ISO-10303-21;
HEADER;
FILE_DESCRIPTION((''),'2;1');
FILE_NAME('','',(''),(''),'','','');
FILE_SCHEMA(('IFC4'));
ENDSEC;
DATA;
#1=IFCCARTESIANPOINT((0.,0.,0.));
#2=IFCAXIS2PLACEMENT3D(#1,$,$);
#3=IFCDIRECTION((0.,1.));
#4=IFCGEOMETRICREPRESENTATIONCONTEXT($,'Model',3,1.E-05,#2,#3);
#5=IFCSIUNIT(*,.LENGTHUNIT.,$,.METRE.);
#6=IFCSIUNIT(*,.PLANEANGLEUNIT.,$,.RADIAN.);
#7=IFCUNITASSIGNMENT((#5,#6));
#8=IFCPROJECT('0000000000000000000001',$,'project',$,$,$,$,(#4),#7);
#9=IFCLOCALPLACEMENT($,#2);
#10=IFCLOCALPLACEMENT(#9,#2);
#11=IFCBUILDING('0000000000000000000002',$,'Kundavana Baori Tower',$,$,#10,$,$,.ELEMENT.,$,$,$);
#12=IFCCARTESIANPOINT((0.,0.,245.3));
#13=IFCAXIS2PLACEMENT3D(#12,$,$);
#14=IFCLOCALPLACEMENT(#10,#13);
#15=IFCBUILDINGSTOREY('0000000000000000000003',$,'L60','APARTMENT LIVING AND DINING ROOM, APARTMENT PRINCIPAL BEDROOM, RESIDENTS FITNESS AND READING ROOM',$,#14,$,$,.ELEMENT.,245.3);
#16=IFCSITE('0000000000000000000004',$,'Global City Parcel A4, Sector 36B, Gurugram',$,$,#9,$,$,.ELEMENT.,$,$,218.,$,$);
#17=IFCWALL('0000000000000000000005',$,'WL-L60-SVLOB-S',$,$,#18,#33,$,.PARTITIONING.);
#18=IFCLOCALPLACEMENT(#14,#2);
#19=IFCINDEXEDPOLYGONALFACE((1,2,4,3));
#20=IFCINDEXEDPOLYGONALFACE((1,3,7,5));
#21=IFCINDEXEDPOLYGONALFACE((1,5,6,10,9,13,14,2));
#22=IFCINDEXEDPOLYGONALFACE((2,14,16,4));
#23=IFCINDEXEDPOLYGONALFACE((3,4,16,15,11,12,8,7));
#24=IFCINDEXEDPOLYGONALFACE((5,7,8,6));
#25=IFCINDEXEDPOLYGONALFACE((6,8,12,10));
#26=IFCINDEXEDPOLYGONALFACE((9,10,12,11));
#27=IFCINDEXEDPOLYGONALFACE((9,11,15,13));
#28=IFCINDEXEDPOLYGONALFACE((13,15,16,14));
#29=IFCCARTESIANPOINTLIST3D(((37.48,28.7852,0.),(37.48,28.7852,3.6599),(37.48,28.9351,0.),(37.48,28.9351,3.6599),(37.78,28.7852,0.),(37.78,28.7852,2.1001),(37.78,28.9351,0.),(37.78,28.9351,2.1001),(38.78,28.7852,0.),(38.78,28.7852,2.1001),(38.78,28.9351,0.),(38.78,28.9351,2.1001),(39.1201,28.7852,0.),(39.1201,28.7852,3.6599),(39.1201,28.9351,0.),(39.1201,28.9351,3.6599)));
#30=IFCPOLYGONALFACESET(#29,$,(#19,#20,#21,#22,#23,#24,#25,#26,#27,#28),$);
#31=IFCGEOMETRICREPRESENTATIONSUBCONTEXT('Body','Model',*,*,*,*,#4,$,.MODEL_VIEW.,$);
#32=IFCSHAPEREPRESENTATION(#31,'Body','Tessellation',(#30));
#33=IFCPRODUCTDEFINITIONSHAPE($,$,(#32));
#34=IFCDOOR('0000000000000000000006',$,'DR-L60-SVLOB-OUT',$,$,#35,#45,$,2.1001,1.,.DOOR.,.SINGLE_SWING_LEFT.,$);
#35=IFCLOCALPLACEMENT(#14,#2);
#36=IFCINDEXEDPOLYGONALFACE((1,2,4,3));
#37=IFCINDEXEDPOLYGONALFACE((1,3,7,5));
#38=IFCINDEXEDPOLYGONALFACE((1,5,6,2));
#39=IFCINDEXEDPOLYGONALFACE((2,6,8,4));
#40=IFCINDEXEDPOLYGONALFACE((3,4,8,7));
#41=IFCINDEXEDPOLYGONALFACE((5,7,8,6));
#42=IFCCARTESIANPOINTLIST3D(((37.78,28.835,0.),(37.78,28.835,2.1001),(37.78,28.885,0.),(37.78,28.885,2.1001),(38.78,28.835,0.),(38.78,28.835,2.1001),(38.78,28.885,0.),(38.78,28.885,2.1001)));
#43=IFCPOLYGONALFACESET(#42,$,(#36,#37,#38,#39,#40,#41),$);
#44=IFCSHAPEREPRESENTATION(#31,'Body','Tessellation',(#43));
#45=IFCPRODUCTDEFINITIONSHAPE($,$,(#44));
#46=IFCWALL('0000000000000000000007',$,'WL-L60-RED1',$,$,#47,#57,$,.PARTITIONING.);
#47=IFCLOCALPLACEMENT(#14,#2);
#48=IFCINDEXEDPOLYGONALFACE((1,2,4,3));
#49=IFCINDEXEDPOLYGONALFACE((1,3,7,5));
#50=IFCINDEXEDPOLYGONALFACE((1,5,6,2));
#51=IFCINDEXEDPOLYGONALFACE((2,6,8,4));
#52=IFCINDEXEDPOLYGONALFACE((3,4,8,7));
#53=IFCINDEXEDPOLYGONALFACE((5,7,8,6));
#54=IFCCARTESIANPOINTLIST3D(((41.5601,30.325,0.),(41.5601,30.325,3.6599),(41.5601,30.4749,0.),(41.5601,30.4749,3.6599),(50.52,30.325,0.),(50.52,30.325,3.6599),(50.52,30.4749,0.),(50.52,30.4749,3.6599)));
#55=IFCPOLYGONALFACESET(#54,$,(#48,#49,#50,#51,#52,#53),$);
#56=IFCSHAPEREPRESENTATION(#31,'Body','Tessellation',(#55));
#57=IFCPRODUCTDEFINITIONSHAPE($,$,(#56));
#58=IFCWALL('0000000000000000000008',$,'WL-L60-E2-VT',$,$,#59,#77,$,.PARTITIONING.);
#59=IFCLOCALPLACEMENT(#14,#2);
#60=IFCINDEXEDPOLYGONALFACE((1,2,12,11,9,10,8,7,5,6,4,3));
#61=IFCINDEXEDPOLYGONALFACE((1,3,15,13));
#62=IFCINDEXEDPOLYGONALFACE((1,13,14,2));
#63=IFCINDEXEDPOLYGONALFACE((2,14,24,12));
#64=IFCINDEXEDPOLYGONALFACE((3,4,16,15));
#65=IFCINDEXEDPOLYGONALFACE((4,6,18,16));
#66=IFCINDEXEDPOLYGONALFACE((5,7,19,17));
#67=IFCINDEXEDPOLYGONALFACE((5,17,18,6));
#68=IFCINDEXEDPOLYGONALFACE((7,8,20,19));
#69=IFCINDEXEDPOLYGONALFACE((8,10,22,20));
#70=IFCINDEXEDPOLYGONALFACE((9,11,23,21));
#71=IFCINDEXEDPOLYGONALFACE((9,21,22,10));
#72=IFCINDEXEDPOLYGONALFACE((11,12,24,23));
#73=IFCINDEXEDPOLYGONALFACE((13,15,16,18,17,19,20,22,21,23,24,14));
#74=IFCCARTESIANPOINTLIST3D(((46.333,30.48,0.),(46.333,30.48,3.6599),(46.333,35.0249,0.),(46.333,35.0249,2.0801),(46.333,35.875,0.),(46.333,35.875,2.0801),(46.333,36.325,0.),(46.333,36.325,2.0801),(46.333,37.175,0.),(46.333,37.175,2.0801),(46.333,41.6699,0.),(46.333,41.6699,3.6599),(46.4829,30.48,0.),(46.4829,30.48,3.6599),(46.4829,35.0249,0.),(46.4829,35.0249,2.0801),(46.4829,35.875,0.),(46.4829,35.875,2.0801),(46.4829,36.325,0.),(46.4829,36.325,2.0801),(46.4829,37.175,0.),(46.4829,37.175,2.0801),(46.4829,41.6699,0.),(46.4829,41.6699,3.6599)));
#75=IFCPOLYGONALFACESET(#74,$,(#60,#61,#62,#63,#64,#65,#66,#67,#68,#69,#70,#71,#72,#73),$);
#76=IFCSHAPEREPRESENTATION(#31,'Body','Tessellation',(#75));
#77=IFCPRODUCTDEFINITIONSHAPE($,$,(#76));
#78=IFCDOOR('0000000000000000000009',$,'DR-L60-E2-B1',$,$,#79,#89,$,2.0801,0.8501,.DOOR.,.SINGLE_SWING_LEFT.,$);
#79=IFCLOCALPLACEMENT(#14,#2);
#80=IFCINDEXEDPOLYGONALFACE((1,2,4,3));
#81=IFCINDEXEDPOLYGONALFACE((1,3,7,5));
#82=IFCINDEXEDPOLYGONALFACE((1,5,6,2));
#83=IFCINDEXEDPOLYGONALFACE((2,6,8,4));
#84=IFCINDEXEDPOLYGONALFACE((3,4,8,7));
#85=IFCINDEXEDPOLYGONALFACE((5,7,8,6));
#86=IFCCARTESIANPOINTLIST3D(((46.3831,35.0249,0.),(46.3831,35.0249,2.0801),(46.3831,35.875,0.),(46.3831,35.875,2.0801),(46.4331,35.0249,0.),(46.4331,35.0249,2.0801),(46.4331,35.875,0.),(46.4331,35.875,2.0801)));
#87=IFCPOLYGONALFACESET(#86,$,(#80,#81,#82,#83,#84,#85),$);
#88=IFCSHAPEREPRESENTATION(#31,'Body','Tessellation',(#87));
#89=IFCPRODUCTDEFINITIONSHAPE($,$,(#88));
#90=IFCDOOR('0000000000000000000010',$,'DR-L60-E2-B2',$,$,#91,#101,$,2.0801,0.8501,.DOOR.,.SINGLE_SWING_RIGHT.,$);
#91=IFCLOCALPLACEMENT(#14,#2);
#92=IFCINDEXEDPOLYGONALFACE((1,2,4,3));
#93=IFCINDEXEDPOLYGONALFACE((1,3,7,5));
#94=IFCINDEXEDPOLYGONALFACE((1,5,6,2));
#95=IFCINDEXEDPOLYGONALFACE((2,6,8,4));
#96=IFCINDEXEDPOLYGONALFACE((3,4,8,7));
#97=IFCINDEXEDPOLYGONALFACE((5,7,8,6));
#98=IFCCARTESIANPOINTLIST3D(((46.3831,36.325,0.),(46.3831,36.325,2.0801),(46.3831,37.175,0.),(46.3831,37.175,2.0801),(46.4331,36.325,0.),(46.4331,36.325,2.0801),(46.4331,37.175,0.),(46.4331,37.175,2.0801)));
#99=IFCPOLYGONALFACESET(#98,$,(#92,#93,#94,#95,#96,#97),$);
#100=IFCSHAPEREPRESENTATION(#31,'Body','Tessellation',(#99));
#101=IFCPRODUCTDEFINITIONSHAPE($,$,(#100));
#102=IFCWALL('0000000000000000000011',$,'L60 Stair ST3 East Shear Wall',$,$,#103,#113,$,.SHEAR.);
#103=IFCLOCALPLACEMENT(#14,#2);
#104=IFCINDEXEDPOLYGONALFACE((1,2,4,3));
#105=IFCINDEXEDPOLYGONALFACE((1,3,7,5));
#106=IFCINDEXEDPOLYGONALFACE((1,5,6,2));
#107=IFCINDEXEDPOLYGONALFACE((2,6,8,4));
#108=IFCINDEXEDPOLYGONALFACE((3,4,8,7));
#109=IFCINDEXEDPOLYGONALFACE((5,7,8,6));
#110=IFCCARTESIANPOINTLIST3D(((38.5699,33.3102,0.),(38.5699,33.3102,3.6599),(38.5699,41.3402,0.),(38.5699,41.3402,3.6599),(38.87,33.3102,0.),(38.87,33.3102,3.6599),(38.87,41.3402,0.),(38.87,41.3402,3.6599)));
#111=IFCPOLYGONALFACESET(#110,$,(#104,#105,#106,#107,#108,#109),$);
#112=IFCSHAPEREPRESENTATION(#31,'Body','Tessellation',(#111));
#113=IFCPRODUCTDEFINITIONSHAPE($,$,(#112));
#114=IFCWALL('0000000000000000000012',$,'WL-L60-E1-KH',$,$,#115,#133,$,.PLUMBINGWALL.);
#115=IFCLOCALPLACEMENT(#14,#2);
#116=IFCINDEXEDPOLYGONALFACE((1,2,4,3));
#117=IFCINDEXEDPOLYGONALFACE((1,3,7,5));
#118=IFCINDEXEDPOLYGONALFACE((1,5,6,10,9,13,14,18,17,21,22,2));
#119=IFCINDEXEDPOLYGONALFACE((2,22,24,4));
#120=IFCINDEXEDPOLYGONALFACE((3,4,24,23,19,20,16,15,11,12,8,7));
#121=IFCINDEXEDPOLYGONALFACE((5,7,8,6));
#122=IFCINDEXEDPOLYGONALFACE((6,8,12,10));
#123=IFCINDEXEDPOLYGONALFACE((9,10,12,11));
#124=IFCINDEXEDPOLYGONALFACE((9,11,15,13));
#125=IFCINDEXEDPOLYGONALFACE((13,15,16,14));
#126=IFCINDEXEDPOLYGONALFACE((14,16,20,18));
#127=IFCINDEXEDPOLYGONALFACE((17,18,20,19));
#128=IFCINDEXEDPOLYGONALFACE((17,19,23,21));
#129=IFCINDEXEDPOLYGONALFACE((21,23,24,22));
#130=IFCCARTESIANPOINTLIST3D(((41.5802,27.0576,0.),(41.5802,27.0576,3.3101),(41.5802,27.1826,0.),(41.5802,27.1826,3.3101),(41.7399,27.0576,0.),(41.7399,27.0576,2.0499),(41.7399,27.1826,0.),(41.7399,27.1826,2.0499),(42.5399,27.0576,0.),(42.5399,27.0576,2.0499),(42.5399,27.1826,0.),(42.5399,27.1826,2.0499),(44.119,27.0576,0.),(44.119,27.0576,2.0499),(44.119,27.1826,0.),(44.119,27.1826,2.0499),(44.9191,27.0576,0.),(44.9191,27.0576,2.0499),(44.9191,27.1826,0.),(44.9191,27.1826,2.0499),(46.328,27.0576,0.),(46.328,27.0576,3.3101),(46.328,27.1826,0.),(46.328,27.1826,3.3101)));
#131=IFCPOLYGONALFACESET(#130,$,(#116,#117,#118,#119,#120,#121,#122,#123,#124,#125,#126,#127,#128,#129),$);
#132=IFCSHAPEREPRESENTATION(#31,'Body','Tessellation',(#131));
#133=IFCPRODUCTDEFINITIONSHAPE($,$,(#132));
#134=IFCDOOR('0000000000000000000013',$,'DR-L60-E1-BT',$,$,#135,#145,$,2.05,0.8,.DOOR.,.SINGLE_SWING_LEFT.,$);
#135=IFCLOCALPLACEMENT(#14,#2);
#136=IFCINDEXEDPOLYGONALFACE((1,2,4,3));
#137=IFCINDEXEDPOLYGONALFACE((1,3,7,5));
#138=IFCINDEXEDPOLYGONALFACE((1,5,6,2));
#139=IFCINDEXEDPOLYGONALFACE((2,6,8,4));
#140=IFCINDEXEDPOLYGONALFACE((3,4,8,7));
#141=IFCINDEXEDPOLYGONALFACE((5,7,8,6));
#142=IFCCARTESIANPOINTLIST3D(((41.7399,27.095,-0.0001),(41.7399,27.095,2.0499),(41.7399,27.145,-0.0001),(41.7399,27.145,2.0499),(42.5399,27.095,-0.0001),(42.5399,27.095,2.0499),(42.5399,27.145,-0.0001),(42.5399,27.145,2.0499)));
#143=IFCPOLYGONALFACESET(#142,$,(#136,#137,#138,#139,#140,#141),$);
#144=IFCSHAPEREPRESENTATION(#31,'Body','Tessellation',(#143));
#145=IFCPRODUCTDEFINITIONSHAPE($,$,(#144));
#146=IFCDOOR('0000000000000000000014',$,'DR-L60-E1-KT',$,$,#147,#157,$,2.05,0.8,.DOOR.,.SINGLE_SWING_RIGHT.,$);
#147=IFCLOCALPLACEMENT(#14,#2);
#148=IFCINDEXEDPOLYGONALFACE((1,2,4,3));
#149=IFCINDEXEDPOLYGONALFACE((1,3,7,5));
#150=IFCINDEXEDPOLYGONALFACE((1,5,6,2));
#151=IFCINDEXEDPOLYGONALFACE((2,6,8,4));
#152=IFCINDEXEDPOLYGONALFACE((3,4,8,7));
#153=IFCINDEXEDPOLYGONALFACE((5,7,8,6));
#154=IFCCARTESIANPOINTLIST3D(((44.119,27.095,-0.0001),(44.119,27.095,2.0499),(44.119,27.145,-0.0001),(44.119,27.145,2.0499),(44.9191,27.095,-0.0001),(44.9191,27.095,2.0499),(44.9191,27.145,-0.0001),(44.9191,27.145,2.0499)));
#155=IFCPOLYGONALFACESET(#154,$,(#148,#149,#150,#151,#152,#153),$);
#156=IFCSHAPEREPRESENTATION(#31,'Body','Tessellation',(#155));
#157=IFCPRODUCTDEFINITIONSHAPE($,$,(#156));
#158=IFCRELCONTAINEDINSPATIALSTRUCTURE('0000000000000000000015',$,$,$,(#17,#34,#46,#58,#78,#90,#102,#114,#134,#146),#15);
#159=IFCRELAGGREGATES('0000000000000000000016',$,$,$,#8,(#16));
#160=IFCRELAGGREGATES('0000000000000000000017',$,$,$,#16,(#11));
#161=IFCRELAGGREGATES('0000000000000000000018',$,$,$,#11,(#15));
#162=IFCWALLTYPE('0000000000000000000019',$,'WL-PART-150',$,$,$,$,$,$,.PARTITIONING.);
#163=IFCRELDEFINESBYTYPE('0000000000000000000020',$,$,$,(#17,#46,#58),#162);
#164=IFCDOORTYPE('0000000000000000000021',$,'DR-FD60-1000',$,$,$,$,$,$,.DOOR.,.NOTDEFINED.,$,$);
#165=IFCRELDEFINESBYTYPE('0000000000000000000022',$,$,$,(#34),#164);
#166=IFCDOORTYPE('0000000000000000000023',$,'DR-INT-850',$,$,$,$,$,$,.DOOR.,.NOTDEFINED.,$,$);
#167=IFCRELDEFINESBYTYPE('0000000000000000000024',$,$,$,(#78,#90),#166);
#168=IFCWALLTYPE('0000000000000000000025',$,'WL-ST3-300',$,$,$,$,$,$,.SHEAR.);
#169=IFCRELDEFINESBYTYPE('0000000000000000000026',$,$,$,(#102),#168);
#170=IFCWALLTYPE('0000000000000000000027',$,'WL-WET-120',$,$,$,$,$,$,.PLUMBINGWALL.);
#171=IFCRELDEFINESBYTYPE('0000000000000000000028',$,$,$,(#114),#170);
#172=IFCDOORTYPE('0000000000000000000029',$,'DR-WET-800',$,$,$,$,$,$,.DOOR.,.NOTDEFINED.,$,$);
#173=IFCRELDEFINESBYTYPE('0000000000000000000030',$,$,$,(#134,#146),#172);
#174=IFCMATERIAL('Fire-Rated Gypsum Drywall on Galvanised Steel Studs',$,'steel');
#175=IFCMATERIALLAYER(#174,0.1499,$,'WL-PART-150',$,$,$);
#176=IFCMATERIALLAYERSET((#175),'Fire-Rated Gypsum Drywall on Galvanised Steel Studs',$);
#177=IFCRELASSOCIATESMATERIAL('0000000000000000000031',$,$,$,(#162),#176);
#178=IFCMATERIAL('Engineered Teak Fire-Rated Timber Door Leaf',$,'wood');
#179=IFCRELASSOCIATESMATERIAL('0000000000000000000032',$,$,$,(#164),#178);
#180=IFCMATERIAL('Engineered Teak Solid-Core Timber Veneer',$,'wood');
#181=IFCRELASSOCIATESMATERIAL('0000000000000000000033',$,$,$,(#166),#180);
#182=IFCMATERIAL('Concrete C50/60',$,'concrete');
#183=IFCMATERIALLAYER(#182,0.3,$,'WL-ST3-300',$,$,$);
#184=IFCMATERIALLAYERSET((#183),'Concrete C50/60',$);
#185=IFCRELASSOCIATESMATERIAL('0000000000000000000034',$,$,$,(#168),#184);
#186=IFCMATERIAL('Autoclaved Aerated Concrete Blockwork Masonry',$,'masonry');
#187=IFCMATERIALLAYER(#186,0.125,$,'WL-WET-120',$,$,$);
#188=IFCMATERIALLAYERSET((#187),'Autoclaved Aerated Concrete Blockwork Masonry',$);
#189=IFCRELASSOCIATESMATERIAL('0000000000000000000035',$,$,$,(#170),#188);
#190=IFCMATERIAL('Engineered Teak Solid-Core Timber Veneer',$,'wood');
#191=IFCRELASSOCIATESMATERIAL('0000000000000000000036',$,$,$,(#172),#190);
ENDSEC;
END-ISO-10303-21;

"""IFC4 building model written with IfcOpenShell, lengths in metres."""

from ifc_helpers import new_model, si_unit, direction, frame, frame_2d, origin, place, context, subcontext, project, spatial, rectangle, extrude, material, layer, layer_set, type_object, element, fill, save


model = new_model("IFC4")

# Units and contexts
model_context = context("Model", 3, precision=1e-05, world=origin(), true_north=direction((0.0, 1.0)))
body_context = subcontext(model_context, "Body", "Model", "MODEL_VIEW")
ifc_project = project(units=[si_unit("LENGTHUNIT", "METRE"), si_unit("PLANEANGLEUNIT", "RADIAN")], contexts=[model_context])

# Site, building, storey
site_placement = place(None, origin())
site = spatial("IfcSite", under=ifc_project, at=site_placement, Name="Global City Parcel A4, Sector 36B, Gurugram", CompositionType="ELEMENT", RefElevation=218.0)
building_placement = place(site_placement, origin())
building = spatial("IfcBuilding", under=site, at=building_placement, Name="Kundavana Baori Tower", CompositionType="ELEMENT")
storey_placement = place(building_placement, frame((0.0, 0.0, 245.3)))
storey = spatial("IfcBuildingStorey", under=building, at=storey_placement, Name="L60", Description="APARTMENT LIVING AND DINING ROOM, APARTMENT PRINCIPAL BEDROOM, RESIDENTS FITNESS AND READING ROOM", CompositionType="ELEMENT", Elevation=245.3)

# Shared definitions
ifc_material_1 = material(Name="Fire-Rated Gypsum Drywall on Galvanised Steel Studs", Category="steel")
ifc_layer_1 = layer(ifc_material_1, 0.1499, Name="WL-PART-150")
ifc_layer_set_1 = layer_set([ifc_layer_1], Name="Fire-Rated Gypsum Drywall on Galvanised Steel Studs")
wall_type_1 = type_object("IfcWallType", Name="WL-PART-150", PredefinedType="PARTITIONING", material=ifc_layer_set_1)

# Wall, opening, door
wall_1_placement = place(storey_placement, frame((37.48, 28.8601, 0.0), z_axis=(0.0, 0.0, 1.0), x_axis=(1.0, 0.0, 0.0)))
wall_1 = element("IfcWall", 1, at=wall_1_placement, inside=storey, type_object=wall_type_1, Name="WL-L60-SVLOB-S", PredefinedType="PARTITIONING", context=body_context, shape_type="SweptSolid", body=[
    extrude(rectangle(XDim=1.6401, YDim=0.1499, at=frame_2d((0.8201, 0.0))), origin(), (0.0, 0.0, 1.0), 3.6599),
])
opening_1_placement = place(wall_1_placement, frame((0.3, 0.0, 0.0)))
opening_1 = element("IfcOpeningElement", 2, at=opening_1_placement, cuts=wall_1, PredefinedType="OPENING", context=body_context, shape_type="SweptSolid", body=[
    extrude(rectangle(XDim=1.0, YDim=2.1001, at=frame_2d((0.5, 1.05))), frame((0.0, 0.085, 0.0), z_axis=(0.0, -1.0, 0.0), x_axis=(1.0, 0.0, 0.0)), (0.0, 0.0, 1.0), 0.1699),
])
ifc_material_2 = material(Name="Engineered Teak Fire-Rated Timber Door Leaf", Category="wood")
door_type_1 = type_object("IfcDoorType", Name="DR-FD60-1000", OperationType="NOTDEFINED", PredefinedType="DOOR", material=ifc_material_2)
door_1_placement = place(opening_1_placement, origin())
door_1 = element("IfcDoor", 3, at=door_1_placement, inside=storey, type_object=door_type_1, Name="DR-L60-SVLOB-OUT", OperationType="SINGLE_SWING_LEFT", OverallHeight=2.1001, OverallWidth=1.0, PredefinedType="DOOR", context=body_context, shape_type="SweptSolid", body=[
    extrude(rectangle(XDim=1.0, YDim=2.1001, at=frame_2d((0.5, 1.05))), frame((0.0, 0.0249, 0.0), z_axis=(0.0, -1.0, 0.0), x_axis=(1.0, 0.0, 0.0)), (0.0, 0.0, 1.0), 0.05),
])
fill(opening_1, door_1)

# Wall
wall_2_placement = place(storey_placement, frame((41.5601, 30.3999, 0.0), z_axis=(0.0, 0.0, 1.0), x_axis=(1.0, 0.0, 0.0)))
element("IfcWall", 4, at=wall_2_placement, inside=storey, type_object=wall_type_1, Name="WL-L60-RED1", PredefinedType="PARTITIONING", context=body_context, shape_type="SweptSolid", body=[
    extrude(rectangle(XDim=8.96, YDim=0.1499, at=frame_2d((4.48, 0.0))), origin(), (0.0, 0.0, 1.0), 3.6599),
])

# Wall, openings, doors
wall_3_placement = place(storey_placement, frame((46.408, 30.48, 0.0), z_axis=(0.0, 0.0, 1.0), x_axis=(0.0, 1.0, 0.0)))
wall_3 = element("IfcWall", 5, at=wall_3_placement, inside=storey, type_object=wall_type_1, Name="WL-L60-E2-VT", PredefinedType="PARTITIONING", context=body_context, shape_type="SweptSolid", body=[
    extrude(rectangle(XDim=11.1899, YDim=0.1499, at=frame_2d((5.595, 0.0))), origin(), (0.0, 0.0, 1.0), 3.6599),
])
opening_2_placement = place(wall_3_placement, frame((4.5449, 0.0, 0.0)))
opening_2 = element("IfcOpeningElement", 6, at=opening_2_placement, cuts=wall_3, PredefinedType="OPENING", context=body_context, shape_type="SweptSolid", body=[
    extrude(rectangle(XDim=0.8501, YDim=2.0801, at=frame_2d((0.425, 1.04))), frame((0.0, 0.085, 0.0), z_axis=(0.0, -1.0, 0.0), x_axis=(1.0, 0.0, 0.0)), (0.0, 0.0, 1.0), 0.1699),
])
opening_3_placement = place(wall_3_placement, frame((5.845, 0.0, 0.0)))
opening_3 = element("IfcOpeningElement", 7, at=opening_3_placement, cuts=wall_3, PredefinedType="OPENING", context=body_context, shape_type="SweptSolid", body=[
    extrude(rectangle(XDim=0.8501, YDim=2.0801, at=frame_2d((0.425, 1.04))), frame((0.0, 0.085, 0.0), z_axis=(0.0, -1.0, 0.0), x_axis=(1.0, 0.0, 0.0)), (0.0, 0.0, 1.0), 0.1699),
])
ifc_material_3 = material(Name="Engineered Teak Solid-Core Timber Veneer", Category="wood")
door_type_2 = type_object("IfcDoorType", Name="DR-INT-850", OperationType="NOTDEFINED", PredefinedType="DOOR", material=ifc_material_3)
door_2_placement = place(opening_2_placement, origin())
door_2 = element("IfcDoor", 8, at=door_2_placement, inside=storey, type_object=door_type_2, Name="DR-L60-E2-B1", OperationType="SINGLE_SWING_LEFT", OverallHeight=2.0801, OverallWidth=0.8501, PredefinedType="DOOR", context=body_context, shape_type="SweptSolid", body=[
    extrude(rectangle(XDim=0.8501, YDim=2.0801, at=frame_2d((0.425, 1.04))), frame((0.0, 0.0249, 0.0), z_axis=(0.0, -1.0, 0.0), x_axis=(1.0, 0.0, 0.0)), (0.0, 0.0, 1.0), 0.05),
])
fill(opening_2, door_2)
door_3_placement = place(opening_3_placement, origin())
door_3 = element("IfcDoor", 9, at=door_3_placement, inside=storey, type_object=door_type_2, Name="DR-L60-E2-B2", OperationType="SINGLE_SWING_RIGHT", OverallHeight=2.0801, OverallWidth=0.8501, PredefinedType="DOOR", context=body_context, shape_type="SweptSolid", body=[
    extrude(rectangle(XDim=0.8501, YDim=2.0801, at=frame_2d((0.425, 1.04))), frame((0.0, 0.0249, 0.0), z_axis=(0.0, -1.0, 0.0), x_axis=(1.0, 0.0, 0.0)), (0.0, 0.0, 1.0), 0.05),
])
fill(opening_3, door_3)

# Wall
ifc_material_4 = material(Name="Concrete C50/60", Category="concrete")
ifc_layer_2 = layer(ifc_material_4, 0.3, Name="WL-ST3-300")
ifc_layer_set_2 = layer_set([ifc_layer_2], Name="Concrete C50/60")
wall_type_2 = type_object("IfcWallType", Name="WL-ST3-300", PredefinedType="SHEAR", material=ifc_layer_set_2)
wall_4_placement = place(storey_placement, frame((38.72, 33.3101, 0.0), z_axis=(0.0, 0.0, 1.0), x_axis=(0.0, 1.0, 0.0)))
element("IfcWall", 10, at=wall_4_placement, inside=storey, type_object=wall_type_2, Name="L60 Stair ST3 East Shear Wall", PredefinedType="SHEAR", context=body_context, shape_type="SweptSolid", body=[
    extrude(rectangle(XDim=8.03, YDim=0.3, at=frame_2d((4.0151, 0.0))), origin(), (0.0, 0.0, 1.0), 3.6599),
])

# Wall, openings, doors
ifc_material_5 = material(Name="Autoclaved Aerated Concrete Blockwork Masonry", Category="masonry")
ifc_layer_3 = layer(ifc_material_5, 0.125, Name="WL-WET-120")
ifc_layer_set_3 = layer_set([ifc_layer_3], Name="Autoclaved Aerated Concrete Blockwork Masonry")
wall_type_3 = type_object("IfcWallType", Name="WL-WET-120", PredefinedType="PLUMBINGWALL", material=ifc_layer_set_3)
wall_5_placement = place(storey_placement, frame((41.5801, 27.1201, 0.0), z_axis=(0.0, 0.0, 1.0), x_axis=(1.0, 0.0, 0.0)))
wall_5 = element("IfcWall", 11, at=wall_5_placement, inside=storey, type_object=wall_type_3, Name="WL-L60-E1-KH", PredefinedType="PLUMBINGWALL", context=body_context, shape_type="SweptSolid", body=[
    extrude(rectangle(XDim=4.7478, YDim=0.125, at=frame_2d((2.374, 0.0))), origin(), (0.0, 0.0, 1.0), 3.3101),
])
opening_4_placement = place(wall_5_placement, frame((0.1599, 0.0, 0.0)))
opening_4 = element("IfcOpeningElement", 12, at=opening_4_placement, cuts=wall_5, PredefinedType="OPENING", context=body_context, shape_type="SweptSolid", body=[
    extrude(rectangle(XDim=0.8, YDim=2.05, at=frame_2d((0.3999, 1.0249))), frame((0.0, 0.0725, 0.0), z_axis=(0.0, -1.0, 0.0), x_axis=(1.0, 0.0, 0.0)), (0.0, 0.0, 1.0), 0.145),
])
opening_5_placement = place(wall_5_placement, frame((2.5391, 0.0, 0.0)))
opening_5 = element("IfcOpeningElement", 13, at=opening_5_placement, cuts=wall_5, PredefinedType="OPENING", context=body_context, shape_type="SweptSolid", body=[
    extrude(rectangle(XDim=0.8, YDim=2.05, at=frame_2d((0.3999, 1.0249))), frame((0.0, 0.0725, 0.0), z_axis=(0.0, -1.0, 0.0), x_axis=(1.0, 0.0, 0.0)), (0.0, 0.0, 1.0), 0.145),
])
ifc_material_6 = material(Name="Engineered Teak Solid-Core Timber Veneer", Category="wood")
door_type_3 = type_object("IfcDoorType", Name="DR-WET-800", OperationType="NOTDEFINED", PredefinedType="DOOR", material=ifc_material_6)
door_4_placement = place(opening_4_placement, origin())
door_4 = element("IfcDoor", 14, at=door_4_placement, inside=storey, type_object=door_type_3, Name="DR-L60-E1-BT", OperationType="SINGLE_SWING_LEFT", OverallHeight=2.05, OverallWidth=0.8, PredefinedType="DOOR", context=body_context, shape_type="SweptSolid", body=[
    extrude(rectangle(XDim=0.8, YDim=2.05, at=frame_2d((0.3999, 1.0249))), frame((0.0, 0.0249, 0.0), z_axis=(0.0, -1.0, 0.0), x_axis=(1.0, 0.0, 0.0)), (0.0, 0.0, 1.0), 0.05),
])
fill(opening_4, door_4)
door_5_placement = place(opening_5_placement, origin())
door_5 = element("IfcDoor", 15, at=door_5_placement, inside=storey, type_object=door_type_3, Name="DR-L60-E1-KT", OperationType="SINGLE_SWING_RIGHT", OverallHeight=2.05, OverallWidth=0.8, PredefinedType="DOOR", context=body_context, shape_type="SweptSolid", body=[
    extrude(rectangle(XDim=0.8, YDim=2.05, at=frame_2d((0.3999, 1.0249))), frame((0.0, 0.0249, 0.0), z_axis=(0.0, -1.0, 0.0), x_axis=(1.0, 0.0, 0.0)), (0.0, 0.0, 1.0), 0.05),
])
fill(opening_5, door_5)

save(model, "model.ifc")
